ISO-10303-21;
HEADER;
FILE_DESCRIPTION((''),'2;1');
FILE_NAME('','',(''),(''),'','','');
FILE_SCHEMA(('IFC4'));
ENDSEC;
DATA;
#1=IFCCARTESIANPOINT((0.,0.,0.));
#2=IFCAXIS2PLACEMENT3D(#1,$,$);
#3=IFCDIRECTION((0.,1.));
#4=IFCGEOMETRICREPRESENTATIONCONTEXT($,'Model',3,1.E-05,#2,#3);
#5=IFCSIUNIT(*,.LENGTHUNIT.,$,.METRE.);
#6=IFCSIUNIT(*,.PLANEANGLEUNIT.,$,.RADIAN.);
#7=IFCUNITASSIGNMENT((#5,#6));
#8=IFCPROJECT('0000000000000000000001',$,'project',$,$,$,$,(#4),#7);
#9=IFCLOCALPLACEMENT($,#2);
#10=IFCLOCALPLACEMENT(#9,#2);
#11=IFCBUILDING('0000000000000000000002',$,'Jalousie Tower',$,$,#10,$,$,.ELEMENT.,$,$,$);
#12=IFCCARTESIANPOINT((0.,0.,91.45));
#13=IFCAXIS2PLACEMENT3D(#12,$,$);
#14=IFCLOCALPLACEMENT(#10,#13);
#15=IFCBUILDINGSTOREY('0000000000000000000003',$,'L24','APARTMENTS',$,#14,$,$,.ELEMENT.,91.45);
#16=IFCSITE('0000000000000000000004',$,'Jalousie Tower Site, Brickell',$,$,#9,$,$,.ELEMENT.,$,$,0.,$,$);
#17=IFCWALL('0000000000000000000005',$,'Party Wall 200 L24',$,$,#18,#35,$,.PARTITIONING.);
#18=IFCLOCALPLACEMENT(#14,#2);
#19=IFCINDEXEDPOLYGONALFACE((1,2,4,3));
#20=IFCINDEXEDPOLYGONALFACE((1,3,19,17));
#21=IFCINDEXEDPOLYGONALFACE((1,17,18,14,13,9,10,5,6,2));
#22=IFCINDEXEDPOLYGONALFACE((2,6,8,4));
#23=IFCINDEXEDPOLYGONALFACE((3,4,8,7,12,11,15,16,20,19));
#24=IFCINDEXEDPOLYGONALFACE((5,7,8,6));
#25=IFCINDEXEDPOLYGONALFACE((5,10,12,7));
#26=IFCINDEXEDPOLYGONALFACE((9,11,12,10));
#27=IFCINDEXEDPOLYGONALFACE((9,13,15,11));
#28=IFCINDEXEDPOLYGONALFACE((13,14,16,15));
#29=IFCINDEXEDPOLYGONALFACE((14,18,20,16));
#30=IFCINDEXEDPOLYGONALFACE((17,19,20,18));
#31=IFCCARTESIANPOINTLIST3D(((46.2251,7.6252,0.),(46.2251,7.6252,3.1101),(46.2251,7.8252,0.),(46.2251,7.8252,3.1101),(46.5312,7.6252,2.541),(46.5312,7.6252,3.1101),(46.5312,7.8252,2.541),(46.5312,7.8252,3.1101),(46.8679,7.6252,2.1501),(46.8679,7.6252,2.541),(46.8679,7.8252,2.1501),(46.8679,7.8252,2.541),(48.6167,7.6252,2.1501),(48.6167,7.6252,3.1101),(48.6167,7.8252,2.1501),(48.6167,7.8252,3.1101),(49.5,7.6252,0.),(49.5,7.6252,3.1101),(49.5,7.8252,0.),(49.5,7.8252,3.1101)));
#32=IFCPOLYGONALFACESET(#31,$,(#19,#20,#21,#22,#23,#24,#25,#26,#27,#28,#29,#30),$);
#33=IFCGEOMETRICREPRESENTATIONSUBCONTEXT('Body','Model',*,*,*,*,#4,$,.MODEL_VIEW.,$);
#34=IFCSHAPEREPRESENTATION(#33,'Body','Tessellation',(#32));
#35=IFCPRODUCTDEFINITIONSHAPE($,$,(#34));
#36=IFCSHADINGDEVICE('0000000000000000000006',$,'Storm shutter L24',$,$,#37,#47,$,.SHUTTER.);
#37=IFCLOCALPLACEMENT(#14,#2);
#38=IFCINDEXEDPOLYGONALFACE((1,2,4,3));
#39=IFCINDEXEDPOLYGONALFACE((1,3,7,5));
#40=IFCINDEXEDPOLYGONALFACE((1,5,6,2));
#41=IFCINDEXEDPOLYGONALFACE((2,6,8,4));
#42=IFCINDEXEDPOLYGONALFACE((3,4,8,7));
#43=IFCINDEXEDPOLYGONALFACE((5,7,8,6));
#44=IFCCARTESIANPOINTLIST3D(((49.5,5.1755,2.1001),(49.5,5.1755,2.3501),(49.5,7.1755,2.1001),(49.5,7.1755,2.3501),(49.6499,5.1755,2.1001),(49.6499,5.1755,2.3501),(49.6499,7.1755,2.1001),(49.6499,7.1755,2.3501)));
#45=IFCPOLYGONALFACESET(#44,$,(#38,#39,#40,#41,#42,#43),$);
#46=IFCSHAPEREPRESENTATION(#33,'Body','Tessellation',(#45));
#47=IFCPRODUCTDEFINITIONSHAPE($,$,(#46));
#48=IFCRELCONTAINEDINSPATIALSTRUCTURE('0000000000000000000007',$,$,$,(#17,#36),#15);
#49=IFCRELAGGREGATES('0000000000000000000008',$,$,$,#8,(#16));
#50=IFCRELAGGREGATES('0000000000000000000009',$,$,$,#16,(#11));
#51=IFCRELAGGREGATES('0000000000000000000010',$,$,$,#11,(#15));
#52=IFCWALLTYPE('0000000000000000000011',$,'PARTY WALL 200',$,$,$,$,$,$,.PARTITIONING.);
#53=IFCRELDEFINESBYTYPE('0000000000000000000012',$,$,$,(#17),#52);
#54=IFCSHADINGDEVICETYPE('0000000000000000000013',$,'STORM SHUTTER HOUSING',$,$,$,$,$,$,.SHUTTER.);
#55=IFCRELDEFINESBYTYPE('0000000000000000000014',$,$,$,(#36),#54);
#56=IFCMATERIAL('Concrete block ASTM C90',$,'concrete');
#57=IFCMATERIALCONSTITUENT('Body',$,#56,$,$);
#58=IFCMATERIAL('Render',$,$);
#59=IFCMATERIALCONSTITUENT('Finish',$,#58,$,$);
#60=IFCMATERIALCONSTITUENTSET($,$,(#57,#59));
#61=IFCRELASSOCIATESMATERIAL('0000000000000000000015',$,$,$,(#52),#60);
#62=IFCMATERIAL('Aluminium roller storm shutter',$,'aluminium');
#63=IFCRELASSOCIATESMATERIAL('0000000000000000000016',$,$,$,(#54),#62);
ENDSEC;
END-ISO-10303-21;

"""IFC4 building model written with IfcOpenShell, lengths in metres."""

from ifc_helpers import new_model, si_unit, direction, frame, origin, origin_2d, place, context, subcontext, project, spatial, polyline, rectangle, outline, extrude, material, constituent, constituent_set, type_object, element, save


model = new_model("IFC4")

# Units and contexts
model_context = context("Model", 3, precision=1e-05, world=origin(), true_north=direction((0.0, 1.0)))
body_context = subcontext(model_context, "Body", "Model", "MODEL_VIEW")
ifc_project = project(units=[si_unit("LENGTHUNIT", "METRE"), si_unit("PLANEANGLEUNIT", "RADIAN")], contexts=[model_context])

# Site, building, storey
site_placement = place(None, origin())
site = spatial("IfcSite", under=ifc_project, at=site_placement, Name="Jalousie Tower Site, Brickell", CompositionType="ELEMENT", RefElevation=0.0)
building_placement = place(site_placement, origin())
building = spatial("IfcBuilding", under=site, at=building_placement, Name="Jalousie Tower", CompositionType="ELEMENT")
storey_placement = place(building_placement, frame((0.0, 0.0, 91.45)))
storey = spatial("IfcBuildingStorey", under=building, at=storey_placement, Name="L24", Description="APARTMENTS", CompositionType="ELEMENT", Elevation=91.45)

# Wall
ifc_material_1 = material(Name="Concrete block ASTM C90", Category="concrete")
ifc_constituent_1 = constituent(ifc_material_1, Name="Body")
ifc_material_2 = material(Name="Render")
ifc_constituent_2 = constituent(ifc_material_2, Name="Finish")
ifc_constituent_set_1 = constituent_set(constituents=[ifc_constituent_1, ifc_constituent_2])
wall_type_1 = type_object("IfcWallType", Name="PARTY WALL 200", PredefinedType="PARTITIONING", material=ifc_constituent_set_1)
wall_1_placement = place(storey_placement, frame((46.2251, 7.7251, 0.0), z_axis=(0.0, 0.0, 1.0), x_axis=(1.0, 0.0, 0.0)))
element("IfcWall", 1, at=wall_1_placement, inside=storey, type_object=wall_type_1, Name="Party Wall 200 L24", PredefinedType="PARTITIONING", context=body_context, shape_type="SweptSolid", body=[
    extrude(outline(polyline([(0.0, 0.0), (3.2749, 0.0), (3.2749, 3.1101), (2.3916, 3.1101), (2.3916, 2.1501), (0.6428, 2.1501), (0.6428, 2.541), (0.3062, 2.541), (0.3062, 3.1101), (0.0, 3.1101), (0.0, 0.0)])), frame((0.0, 0.1001, 0.0), z_axis=(0.0, -1.0, 0.0), x_axis=(1.0, 0.0, 0.0)), (0.0, 0.0, 1.0), 0.2),
])

# Shading device
ifc_material_3 = material(Name="Aluminium roller storm shutter", Category="aluminium")
shading_device_type = type_object("IfcShadingDeviceType", Name="STORM SHUTTER HOUSING", PredefinedType="SHUTTER", material=ifc_material_3)
shading_device_placement = place(storey_placement, frame((49.575, 6.1755, 2.1001), z_axis=(0.0, 0.0, 1.0), x_axis=(0.0, 1.0, 0.0)))
element("IfcShadingDevice", 2, at=shading_device_placement, inside=storey, type_object=shading_device_type, Name="Storm shutter L24", PredefinedType="SHUTTER", context=body_context, shape_type="SweptSolid", body=[
    extrude(rectangle(XDim=2.0, YDim=0.1499, at=origin_2d()), origin(), (0.0, 0.0, 1.0), 0.25),
])

save(model, "model.ifc")
